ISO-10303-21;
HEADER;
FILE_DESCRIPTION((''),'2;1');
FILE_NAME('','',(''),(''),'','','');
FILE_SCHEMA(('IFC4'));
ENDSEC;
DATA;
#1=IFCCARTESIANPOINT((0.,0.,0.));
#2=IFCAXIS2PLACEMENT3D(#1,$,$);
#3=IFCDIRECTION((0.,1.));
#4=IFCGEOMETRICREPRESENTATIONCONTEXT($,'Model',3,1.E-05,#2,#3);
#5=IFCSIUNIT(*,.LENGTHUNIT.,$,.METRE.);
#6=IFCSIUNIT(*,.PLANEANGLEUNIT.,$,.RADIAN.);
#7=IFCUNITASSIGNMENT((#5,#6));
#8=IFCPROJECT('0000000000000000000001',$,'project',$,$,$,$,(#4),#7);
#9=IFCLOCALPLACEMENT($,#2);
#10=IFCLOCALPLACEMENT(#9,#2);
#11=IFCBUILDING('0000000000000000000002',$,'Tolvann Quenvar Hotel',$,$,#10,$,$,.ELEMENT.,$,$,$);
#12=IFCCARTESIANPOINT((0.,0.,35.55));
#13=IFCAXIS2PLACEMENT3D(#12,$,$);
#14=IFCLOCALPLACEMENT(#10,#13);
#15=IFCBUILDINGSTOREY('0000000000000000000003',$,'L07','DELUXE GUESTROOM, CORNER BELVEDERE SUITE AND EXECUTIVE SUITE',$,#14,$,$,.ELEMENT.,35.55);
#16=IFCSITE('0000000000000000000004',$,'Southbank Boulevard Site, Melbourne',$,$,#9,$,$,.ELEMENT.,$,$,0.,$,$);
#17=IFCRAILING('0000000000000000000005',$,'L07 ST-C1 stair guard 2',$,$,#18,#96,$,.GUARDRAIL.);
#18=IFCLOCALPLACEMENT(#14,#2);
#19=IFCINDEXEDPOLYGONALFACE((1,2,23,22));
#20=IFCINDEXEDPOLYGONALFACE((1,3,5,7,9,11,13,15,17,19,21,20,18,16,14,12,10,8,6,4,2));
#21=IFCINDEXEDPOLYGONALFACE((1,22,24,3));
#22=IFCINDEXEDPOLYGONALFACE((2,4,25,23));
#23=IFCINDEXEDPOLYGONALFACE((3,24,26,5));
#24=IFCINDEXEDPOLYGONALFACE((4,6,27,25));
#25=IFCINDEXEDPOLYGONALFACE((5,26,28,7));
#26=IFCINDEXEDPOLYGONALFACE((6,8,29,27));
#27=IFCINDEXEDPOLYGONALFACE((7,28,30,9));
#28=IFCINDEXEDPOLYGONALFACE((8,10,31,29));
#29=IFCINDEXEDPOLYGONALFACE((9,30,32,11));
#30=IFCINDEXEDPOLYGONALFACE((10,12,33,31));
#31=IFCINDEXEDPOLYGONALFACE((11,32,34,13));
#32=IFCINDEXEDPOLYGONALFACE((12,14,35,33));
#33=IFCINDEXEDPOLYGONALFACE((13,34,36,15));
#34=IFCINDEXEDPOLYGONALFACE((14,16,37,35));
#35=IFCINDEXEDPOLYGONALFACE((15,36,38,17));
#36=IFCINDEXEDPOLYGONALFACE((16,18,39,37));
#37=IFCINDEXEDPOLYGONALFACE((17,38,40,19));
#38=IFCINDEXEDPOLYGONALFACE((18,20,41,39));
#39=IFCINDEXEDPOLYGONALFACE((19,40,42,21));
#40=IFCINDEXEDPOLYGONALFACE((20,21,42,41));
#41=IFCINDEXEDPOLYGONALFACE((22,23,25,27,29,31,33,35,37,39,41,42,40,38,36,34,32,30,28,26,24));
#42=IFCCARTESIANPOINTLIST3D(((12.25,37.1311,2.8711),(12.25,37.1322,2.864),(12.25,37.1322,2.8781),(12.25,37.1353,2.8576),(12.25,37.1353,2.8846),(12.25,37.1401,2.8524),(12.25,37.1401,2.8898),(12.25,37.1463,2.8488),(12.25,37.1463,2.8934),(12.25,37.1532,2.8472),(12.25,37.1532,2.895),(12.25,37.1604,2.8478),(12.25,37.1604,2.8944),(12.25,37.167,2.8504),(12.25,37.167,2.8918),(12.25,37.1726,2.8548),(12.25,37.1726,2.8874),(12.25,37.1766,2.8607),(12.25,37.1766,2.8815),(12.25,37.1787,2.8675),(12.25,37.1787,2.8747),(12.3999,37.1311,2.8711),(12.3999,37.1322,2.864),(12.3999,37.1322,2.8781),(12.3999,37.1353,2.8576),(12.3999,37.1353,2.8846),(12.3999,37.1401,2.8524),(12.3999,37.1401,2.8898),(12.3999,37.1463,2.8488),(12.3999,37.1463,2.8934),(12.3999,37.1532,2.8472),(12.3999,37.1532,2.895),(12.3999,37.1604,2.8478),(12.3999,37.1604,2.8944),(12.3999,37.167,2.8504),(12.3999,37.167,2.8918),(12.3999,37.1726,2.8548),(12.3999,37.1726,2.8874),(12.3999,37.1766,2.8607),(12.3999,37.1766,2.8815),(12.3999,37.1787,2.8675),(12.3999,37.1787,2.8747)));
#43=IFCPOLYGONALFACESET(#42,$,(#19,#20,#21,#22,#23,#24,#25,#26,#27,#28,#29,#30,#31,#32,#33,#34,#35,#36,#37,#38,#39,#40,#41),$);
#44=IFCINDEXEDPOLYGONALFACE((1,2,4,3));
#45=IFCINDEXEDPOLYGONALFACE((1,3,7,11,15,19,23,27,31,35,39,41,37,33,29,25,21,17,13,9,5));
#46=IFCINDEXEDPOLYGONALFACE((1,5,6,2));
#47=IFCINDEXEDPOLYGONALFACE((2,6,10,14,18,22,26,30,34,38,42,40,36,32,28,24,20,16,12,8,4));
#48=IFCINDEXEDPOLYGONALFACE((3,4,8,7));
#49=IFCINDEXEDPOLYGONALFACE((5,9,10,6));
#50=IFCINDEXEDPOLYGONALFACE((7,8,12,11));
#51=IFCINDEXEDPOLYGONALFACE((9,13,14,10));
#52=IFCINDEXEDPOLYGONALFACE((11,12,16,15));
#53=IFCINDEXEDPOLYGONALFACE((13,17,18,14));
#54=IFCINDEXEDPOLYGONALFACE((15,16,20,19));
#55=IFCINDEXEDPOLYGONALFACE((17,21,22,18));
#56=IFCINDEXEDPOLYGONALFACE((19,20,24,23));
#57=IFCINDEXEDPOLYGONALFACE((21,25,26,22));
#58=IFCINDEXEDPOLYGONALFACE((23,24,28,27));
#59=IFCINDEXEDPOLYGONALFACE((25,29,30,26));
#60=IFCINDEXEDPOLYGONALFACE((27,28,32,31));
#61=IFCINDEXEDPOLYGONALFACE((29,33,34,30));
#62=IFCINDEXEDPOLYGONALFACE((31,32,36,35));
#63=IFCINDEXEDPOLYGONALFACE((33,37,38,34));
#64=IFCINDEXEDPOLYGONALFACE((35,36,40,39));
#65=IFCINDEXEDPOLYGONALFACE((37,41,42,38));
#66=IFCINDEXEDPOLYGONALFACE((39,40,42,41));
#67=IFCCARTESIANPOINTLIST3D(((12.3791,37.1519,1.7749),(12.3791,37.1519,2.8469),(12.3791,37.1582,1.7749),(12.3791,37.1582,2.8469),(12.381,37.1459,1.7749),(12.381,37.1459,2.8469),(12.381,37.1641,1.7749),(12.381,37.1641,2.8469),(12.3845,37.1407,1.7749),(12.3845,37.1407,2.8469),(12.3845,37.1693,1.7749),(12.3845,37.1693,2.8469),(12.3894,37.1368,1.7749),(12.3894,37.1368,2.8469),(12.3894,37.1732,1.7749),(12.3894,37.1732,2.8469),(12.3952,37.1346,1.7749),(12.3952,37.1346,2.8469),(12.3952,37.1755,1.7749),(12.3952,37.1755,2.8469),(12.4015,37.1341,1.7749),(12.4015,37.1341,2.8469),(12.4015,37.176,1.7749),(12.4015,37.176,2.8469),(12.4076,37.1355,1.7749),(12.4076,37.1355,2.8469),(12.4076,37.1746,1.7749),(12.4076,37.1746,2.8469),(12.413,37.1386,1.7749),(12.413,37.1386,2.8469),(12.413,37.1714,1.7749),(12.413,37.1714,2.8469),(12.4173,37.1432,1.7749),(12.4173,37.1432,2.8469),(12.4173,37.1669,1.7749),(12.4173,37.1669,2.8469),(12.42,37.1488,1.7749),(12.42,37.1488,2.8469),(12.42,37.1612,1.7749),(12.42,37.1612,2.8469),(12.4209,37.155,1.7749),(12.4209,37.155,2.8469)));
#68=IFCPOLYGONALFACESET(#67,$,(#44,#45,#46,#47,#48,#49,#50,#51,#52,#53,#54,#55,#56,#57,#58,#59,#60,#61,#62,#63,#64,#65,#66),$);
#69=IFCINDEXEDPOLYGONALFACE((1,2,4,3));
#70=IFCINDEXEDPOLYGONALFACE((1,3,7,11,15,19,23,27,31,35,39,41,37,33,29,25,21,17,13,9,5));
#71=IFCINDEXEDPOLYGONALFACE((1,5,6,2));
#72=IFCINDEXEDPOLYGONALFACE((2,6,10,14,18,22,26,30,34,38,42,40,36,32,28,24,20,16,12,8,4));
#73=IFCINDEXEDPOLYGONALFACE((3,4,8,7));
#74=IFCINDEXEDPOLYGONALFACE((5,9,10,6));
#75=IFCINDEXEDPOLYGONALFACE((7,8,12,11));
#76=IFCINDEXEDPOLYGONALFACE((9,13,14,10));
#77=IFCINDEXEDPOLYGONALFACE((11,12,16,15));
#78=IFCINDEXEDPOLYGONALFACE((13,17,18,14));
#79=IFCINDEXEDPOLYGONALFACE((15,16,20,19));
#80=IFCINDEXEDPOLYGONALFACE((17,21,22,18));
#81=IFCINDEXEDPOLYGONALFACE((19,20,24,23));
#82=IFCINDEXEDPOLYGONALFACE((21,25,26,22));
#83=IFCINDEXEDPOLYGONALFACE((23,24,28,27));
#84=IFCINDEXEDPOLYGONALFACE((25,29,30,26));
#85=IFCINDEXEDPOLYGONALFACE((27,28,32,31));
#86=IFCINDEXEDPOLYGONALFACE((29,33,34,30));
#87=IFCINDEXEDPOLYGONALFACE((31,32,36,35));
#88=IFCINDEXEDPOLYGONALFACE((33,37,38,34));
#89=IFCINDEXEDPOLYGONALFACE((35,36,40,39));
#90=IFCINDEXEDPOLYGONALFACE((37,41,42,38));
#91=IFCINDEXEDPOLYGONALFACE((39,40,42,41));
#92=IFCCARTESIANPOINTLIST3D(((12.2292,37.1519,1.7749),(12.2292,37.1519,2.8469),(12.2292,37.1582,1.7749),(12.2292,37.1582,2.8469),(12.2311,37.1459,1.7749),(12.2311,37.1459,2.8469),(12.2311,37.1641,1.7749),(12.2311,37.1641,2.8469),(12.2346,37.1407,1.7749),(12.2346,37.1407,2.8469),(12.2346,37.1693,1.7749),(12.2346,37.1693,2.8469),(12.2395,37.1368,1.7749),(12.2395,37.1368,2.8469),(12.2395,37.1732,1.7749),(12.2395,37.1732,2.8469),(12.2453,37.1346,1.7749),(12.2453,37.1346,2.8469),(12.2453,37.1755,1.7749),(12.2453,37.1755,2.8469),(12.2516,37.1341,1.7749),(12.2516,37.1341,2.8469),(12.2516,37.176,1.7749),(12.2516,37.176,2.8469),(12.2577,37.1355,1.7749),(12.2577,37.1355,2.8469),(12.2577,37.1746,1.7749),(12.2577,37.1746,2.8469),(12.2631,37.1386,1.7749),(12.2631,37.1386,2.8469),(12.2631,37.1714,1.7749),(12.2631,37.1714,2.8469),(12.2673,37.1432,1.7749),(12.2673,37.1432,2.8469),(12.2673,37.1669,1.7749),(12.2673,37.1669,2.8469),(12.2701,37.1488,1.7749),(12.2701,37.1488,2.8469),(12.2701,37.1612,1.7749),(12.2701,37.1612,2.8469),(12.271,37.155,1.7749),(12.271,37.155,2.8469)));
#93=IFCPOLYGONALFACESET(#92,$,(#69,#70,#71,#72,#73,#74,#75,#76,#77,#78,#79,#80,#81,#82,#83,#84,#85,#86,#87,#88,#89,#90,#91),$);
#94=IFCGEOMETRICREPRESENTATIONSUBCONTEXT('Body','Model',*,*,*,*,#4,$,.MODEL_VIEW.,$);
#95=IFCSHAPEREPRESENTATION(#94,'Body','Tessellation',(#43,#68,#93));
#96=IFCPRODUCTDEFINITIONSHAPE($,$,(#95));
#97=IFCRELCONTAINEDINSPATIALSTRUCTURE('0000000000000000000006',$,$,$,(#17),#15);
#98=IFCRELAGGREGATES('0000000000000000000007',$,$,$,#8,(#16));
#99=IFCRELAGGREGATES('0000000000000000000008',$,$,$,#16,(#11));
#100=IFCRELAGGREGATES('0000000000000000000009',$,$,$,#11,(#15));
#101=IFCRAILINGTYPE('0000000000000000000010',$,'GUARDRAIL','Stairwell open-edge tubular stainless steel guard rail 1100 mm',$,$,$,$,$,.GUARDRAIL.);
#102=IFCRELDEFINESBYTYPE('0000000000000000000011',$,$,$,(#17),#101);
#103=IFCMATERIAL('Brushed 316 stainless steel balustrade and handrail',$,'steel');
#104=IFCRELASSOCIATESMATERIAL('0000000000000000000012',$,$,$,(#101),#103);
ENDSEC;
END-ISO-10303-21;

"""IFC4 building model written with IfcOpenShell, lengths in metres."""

from ifc_helpers import new_model, si_unit, direction, frame, origin, origin_2d, place, context, subcontext, project, spatial, circle, extrude, material, type_object, element, save


model = new_model("IFC4")

# Units and contexts
model_context = context("Model", 3, precision=1e-05, world=origin(), true_north=direction((0.0, 1.0)))
body_context = subcontext(model_context, "Body", "Model", "MODEL_VIEW")
ifc_project = project(units=[si_unit("LENGTHUNIT", "METRE"), si_unit("PLANEANGLEUNIT", "RADIAN")], contexts=[model_context])

# Site, building, storey
site_placement = place(None, origin())
site = spatial("IfcSite", under=ifc_project, at=site_placement, Name="Southbank Boulevard Site, Melbourne", CompositionType="ELEMENT", RefElevation=0.0)
building_placement = place(site_placement, origin())
building = spatial("IfcBuilding", under=site, at=building_placement, Name="Tolvann Quenvar Hotel", CompositionType="ELEMENT")
storey_placement = place(building_placement, frame((0.0, 0.0, 35.55)))
storey = spatial("IfcBuildingStorey", under=building, at=storey_placement, Name="L07", Description="DELUXE GUESTROOM, CORNER BELVEDERE SUITE AND EXECUTIVE SUITE", CompositionType="ELEMENT", Elevation=35.55)

# Railing
ifc_material_1 = material(Name="Brushed 316 stainless steel balustrade and handrail", Category="steel")
railing_type_1 = type_object("IfcRailingType", Name="GUARDRAIL", Description="Stairwell open-edge tubular stainless steel guard rail 1100 mm", PredefinedType="GUARDRAIL", material=ifc_material_1)
railing_1_placement = place(storey_placement, frame((12.3999, 37.155, 1.7749)))
element("IfcRailing", 1, at=railing_1_placement, inside=storey, type_object=railing_type_1, Name="L07 ST-C1 stair guard 2", PredefinedType="GUARDRAIL", context=body_context, shape_type="SweptSolid", body=[
    extrude(circle(Radius=0.0239, at=origin_2d()), frame((0.0, 0.0, 1.0962), z_axis=(-1.0, 0.0, 0.0), x_axis=(0.0, -1.0, 0.0)), (0.0, 0.0, 1.0), 0.1499),
    extrude(circle(Radius=0.021, at=origin_2d()), origin(), (0.0, 0.0, 1.0), 1.072),
    extrude(circle(Radius=0.021, at=origin_2d()), frame((-0.1499, 0.0, 0.0)), (0.0, 0.0, 1.0), 1.072),
])

save(model, "model.ifc")
